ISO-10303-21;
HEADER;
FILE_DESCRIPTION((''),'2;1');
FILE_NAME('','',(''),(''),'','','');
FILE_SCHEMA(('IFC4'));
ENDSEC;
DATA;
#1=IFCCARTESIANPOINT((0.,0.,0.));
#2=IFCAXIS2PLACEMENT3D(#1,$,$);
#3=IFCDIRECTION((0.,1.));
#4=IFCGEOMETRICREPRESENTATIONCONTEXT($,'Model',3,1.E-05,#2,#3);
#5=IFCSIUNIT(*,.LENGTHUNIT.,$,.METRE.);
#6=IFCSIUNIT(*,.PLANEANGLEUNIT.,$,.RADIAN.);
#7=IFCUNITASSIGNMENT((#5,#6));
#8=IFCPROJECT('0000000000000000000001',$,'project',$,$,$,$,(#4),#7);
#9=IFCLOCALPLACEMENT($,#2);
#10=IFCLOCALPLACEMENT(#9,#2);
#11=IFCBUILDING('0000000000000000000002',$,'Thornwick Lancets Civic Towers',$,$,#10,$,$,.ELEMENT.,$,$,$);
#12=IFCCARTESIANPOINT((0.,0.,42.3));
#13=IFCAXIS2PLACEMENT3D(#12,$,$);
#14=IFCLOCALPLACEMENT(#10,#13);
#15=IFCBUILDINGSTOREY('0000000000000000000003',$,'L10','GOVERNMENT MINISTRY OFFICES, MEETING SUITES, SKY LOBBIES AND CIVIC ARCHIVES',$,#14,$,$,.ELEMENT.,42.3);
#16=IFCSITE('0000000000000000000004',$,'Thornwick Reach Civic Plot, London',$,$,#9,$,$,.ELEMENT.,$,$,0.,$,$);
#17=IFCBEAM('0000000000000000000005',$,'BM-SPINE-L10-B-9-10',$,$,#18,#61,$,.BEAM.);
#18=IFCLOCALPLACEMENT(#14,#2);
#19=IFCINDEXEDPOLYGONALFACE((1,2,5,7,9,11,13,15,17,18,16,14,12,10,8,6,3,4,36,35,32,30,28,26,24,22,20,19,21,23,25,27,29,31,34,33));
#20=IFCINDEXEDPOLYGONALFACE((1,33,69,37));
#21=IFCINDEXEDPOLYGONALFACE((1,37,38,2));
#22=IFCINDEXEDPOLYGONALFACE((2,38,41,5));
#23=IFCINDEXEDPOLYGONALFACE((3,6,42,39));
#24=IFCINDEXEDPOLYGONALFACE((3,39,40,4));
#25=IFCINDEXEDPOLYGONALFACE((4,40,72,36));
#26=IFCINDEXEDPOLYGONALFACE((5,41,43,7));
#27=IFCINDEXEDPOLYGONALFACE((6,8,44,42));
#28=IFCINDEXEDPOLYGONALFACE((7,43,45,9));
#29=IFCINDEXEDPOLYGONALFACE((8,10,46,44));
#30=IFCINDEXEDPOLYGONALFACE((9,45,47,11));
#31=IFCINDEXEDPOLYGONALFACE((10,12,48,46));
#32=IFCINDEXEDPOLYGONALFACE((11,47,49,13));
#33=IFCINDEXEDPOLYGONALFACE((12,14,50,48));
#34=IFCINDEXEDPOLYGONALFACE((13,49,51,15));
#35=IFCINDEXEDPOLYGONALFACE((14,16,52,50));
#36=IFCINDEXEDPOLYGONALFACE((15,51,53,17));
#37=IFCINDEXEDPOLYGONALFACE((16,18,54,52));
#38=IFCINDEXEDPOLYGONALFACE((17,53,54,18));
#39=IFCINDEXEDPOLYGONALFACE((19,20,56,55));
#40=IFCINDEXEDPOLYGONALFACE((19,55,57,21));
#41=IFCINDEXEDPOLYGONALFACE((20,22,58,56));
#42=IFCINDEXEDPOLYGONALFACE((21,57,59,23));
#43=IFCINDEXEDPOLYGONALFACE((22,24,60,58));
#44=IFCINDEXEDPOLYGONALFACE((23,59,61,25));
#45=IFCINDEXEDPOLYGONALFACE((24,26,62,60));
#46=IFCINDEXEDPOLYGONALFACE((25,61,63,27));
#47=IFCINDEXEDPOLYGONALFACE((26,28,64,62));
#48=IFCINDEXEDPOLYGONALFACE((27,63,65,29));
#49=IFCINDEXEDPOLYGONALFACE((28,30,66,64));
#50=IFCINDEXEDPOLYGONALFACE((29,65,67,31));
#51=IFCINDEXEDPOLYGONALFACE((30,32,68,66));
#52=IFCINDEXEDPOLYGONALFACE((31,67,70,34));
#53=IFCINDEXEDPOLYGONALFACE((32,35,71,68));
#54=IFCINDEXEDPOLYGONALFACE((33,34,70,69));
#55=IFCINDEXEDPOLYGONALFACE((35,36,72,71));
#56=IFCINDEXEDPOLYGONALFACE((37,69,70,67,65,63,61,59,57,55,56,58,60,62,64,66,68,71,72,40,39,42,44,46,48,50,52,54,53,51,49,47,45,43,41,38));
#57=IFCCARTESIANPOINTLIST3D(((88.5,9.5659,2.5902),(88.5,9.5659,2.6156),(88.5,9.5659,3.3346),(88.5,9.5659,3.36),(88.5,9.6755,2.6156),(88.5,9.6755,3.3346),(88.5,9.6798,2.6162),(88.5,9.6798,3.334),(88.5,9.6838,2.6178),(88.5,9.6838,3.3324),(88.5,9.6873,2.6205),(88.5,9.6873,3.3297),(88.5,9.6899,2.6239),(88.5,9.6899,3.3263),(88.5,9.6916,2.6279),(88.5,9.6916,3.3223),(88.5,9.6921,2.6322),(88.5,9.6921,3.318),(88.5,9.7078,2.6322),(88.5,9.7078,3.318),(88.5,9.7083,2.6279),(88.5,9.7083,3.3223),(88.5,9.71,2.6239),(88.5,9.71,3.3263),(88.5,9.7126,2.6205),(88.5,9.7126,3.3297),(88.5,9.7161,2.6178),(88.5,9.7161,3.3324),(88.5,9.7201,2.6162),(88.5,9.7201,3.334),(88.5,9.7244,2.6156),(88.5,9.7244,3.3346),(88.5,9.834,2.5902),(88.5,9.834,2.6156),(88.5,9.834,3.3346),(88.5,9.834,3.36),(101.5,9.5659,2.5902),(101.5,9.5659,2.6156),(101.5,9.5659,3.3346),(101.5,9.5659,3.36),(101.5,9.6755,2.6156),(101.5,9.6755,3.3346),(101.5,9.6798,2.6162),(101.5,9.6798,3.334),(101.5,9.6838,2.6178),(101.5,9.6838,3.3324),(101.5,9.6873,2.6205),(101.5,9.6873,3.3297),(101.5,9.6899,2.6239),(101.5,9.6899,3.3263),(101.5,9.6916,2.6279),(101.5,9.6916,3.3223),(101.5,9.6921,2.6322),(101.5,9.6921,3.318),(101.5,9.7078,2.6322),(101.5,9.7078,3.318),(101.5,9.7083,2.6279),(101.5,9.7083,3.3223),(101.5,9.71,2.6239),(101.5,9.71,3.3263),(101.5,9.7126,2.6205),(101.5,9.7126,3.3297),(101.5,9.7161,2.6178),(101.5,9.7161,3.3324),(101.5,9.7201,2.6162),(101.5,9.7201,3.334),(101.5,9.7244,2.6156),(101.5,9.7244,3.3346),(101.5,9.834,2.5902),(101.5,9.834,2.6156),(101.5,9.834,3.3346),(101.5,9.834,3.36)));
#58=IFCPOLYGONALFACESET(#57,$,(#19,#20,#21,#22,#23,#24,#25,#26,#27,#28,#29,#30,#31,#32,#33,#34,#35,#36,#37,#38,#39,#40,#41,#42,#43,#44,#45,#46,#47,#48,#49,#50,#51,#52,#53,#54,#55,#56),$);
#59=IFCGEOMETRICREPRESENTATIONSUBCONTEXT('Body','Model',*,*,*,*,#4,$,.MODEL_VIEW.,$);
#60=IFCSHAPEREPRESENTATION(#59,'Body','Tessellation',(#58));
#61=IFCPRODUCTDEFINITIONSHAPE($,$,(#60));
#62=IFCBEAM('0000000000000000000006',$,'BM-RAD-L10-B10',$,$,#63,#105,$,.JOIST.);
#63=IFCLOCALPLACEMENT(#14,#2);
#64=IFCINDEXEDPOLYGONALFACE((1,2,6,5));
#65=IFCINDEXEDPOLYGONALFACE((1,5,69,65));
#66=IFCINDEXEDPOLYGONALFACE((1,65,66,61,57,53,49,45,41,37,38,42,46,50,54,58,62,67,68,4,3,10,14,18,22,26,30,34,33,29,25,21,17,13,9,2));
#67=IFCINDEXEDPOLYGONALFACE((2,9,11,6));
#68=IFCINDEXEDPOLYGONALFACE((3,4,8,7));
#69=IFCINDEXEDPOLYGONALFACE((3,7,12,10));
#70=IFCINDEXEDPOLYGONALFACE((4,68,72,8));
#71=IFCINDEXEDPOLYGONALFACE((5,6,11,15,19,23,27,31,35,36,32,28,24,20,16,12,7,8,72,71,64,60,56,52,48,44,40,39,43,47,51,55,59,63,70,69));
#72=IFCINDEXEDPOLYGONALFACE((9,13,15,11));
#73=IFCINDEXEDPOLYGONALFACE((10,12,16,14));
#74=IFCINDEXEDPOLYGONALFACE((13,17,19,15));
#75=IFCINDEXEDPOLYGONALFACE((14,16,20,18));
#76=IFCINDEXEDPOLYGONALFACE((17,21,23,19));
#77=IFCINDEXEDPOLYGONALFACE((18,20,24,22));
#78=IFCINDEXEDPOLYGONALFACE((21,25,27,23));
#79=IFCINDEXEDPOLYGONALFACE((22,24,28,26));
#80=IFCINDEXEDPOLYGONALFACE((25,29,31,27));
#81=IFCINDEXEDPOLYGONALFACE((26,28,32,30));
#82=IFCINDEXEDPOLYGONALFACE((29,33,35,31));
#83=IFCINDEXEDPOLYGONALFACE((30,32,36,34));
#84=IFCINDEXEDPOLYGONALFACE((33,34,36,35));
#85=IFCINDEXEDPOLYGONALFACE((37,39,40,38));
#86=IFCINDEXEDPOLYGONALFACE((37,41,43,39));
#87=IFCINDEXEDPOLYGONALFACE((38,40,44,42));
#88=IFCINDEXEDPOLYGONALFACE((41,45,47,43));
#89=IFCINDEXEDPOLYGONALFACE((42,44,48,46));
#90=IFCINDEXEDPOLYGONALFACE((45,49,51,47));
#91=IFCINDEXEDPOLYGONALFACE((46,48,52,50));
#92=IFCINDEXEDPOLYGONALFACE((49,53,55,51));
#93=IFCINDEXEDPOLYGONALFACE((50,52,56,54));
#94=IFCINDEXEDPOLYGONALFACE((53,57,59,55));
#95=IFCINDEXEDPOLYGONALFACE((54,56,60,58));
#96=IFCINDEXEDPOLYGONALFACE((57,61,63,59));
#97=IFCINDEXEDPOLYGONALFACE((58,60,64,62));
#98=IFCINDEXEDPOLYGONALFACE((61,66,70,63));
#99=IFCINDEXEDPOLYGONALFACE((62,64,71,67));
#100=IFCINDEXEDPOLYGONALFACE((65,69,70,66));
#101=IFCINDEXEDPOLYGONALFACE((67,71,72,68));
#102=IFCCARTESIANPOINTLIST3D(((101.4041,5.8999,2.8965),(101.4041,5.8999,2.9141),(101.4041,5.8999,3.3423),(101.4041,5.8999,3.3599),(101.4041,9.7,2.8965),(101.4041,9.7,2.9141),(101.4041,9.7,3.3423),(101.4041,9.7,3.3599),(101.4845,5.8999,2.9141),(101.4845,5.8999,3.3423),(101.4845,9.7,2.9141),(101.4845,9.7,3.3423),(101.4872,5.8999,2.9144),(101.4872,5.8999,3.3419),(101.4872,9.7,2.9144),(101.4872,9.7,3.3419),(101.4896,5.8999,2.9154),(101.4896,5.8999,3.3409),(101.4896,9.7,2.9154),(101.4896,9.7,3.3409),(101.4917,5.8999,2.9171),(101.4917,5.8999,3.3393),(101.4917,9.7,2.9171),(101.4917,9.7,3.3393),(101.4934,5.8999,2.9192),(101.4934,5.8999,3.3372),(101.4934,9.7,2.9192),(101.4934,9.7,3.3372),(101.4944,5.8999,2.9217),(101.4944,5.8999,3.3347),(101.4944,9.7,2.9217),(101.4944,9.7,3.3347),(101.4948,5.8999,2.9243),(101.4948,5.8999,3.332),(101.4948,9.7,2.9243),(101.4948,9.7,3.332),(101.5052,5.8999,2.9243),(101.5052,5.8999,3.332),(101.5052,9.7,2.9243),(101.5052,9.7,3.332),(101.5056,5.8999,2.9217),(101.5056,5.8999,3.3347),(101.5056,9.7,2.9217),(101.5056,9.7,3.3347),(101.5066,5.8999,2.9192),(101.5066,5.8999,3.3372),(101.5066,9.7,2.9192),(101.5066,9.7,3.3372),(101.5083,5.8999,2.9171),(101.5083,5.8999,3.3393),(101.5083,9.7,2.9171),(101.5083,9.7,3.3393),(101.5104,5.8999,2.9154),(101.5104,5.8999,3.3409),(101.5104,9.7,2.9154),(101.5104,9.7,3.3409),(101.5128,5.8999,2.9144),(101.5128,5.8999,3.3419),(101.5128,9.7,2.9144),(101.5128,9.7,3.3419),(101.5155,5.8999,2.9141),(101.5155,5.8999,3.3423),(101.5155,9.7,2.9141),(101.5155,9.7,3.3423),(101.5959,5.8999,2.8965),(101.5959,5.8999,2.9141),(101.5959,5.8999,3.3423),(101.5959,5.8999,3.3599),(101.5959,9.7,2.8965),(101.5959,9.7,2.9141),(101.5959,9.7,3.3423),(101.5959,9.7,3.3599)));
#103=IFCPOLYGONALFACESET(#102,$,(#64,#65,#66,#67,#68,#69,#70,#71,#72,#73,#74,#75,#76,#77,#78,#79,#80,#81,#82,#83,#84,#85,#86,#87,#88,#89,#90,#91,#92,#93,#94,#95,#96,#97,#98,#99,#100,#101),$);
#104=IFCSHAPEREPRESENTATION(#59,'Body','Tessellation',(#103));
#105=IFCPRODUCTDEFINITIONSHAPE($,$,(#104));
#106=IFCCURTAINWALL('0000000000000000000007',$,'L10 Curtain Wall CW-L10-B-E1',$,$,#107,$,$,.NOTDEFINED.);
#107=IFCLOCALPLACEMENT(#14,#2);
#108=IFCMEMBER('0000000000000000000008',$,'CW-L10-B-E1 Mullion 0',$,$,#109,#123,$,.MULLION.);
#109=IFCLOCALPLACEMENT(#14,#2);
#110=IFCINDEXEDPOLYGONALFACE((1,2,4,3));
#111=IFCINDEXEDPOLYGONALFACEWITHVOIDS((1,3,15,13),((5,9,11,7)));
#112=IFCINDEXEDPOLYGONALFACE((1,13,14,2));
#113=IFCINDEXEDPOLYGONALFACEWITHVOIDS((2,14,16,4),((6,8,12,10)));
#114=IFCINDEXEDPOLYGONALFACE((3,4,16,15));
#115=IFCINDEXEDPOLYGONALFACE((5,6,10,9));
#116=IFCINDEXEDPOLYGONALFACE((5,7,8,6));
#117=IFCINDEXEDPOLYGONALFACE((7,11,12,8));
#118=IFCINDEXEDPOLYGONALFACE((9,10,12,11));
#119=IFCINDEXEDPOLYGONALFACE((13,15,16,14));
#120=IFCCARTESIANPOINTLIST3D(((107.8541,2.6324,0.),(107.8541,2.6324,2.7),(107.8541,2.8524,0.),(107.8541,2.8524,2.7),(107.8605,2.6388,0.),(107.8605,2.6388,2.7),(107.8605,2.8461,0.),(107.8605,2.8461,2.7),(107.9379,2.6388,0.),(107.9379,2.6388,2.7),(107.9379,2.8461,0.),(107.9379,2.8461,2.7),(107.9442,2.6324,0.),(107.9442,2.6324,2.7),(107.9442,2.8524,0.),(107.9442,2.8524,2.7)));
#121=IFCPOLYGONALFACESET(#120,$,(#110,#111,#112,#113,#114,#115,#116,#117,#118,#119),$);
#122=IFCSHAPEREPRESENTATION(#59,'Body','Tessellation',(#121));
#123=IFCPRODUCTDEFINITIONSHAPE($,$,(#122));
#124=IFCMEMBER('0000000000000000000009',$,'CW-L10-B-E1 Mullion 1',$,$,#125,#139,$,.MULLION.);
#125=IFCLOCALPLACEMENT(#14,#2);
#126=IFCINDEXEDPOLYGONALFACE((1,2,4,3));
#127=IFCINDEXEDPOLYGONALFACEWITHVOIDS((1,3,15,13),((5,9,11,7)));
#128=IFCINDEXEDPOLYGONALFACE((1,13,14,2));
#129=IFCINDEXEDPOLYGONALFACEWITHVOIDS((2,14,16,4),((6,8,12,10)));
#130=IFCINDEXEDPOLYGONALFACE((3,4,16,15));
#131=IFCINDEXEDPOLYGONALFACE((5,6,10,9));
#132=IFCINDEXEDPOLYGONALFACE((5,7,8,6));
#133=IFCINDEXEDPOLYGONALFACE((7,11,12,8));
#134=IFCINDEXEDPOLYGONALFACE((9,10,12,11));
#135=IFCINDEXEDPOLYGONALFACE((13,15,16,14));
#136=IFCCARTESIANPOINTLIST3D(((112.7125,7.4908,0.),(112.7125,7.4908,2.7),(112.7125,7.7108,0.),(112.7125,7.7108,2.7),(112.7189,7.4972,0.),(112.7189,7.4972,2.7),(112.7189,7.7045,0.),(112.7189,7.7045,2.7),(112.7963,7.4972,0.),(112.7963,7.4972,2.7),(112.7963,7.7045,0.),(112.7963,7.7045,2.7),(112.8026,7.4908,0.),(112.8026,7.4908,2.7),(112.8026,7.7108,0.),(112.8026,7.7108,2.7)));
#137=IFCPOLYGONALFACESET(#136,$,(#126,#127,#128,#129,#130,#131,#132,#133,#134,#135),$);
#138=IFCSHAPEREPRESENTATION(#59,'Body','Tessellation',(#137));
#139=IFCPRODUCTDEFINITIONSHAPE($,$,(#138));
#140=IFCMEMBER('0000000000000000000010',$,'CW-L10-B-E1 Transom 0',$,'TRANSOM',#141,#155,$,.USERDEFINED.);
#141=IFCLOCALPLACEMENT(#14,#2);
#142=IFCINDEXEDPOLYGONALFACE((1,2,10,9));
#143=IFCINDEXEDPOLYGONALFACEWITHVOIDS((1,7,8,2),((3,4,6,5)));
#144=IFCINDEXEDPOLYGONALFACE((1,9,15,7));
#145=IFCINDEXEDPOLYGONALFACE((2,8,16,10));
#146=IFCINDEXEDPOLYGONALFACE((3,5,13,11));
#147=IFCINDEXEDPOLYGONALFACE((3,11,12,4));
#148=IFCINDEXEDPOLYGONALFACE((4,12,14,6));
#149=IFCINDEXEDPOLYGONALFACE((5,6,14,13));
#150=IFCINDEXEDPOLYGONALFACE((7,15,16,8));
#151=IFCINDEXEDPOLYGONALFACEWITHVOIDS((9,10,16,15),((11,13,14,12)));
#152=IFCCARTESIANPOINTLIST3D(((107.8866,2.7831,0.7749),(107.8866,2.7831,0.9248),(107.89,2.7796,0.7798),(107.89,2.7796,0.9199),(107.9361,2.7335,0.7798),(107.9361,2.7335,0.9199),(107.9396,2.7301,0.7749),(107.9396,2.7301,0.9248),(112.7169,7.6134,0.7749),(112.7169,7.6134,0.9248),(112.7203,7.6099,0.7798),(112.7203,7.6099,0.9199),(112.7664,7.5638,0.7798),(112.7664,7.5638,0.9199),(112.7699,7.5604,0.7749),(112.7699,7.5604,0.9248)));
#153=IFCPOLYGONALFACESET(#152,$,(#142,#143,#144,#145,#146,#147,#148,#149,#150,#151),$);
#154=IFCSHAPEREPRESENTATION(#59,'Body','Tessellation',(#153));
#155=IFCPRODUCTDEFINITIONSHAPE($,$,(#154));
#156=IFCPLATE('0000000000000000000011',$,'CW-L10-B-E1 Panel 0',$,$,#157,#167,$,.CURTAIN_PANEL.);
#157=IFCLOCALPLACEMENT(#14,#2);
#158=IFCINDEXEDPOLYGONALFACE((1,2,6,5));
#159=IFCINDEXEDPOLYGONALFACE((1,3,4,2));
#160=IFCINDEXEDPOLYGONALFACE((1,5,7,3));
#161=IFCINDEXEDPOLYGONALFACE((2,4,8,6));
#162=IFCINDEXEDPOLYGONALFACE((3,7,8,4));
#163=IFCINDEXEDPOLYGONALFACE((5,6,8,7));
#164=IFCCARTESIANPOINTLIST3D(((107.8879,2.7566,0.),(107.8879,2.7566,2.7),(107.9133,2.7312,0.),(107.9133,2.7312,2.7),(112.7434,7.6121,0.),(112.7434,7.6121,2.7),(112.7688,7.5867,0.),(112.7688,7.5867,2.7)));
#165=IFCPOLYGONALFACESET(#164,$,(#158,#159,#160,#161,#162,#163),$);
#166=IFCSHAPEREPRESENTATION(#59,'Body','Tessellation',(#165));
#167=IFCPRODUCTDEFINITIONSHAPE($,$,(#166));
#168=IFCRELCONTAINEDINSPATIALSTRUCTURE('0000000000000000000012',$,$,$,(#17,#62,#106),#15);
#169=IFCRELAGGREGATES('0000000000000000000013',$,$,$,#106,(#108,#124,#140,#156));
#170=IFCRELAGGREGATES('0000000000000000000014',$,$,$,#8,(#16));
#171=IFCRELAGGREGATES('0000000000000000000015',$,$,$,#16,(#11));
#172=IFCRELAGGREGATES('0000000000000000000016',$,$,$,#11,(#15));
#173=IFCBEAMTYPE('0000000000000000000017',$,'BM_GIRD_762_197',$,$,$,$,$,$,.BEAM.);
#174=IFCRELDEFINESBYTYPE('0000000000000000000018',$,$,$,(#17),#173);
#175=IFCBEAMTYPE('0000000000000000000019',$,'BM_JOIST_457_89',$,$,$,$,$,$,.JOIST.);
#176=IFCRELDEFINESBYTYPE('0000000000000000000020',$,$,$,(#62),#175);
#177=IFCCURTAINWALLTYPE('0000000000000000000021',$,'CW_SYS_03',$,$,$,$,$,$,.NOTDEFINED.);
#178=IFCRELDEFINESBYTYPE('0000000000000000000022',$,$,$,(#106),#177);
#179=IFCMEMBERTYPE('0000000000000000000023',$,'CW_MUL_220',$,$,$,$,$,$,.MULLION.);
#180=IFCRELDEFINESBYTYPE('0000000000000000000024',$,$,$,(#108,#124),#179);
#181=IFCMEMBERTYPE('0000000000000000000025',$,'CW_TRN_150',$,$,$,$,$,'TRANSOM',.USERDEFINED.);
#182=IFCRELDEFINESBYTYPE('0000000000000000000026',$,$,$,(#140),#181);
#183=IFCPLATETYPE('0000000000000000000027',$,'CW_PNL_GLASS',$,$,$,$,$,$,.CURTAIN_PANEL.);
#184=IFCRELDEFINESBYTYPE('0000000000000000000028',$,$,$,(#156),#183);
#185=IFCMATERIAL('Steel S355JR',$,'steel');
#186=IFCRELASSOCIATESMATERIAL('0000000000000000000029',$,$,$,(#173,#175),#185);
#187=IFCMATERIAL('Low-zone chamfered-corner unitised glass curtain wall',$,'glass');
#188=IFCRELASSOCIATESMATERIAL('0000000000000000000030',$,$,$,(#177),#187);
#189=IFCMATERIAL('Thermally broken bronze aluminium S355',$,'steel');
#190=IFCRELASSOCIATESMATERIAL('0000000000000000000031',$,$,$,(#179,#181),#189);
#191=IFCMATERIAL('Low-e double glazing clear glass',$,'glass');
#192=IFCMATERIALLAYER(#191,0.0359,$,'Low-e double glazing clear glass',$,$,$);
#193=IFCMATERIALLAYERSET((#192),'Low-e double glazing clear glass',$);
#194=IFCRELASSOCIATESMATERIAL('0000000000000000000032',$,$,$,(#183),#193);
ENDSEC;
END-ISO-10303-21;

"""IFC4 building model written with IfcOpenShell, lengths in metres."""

from ifc_helpers import new_model, si_unit, direction, frame, origin, origin_2d, place, context, subcontext, project, spatial, rectangle, hollow_rectangle, i_section, extrude, material, layer, layer_set, material_profile, profile_set, type_object, element, aggregate, save


model = new_model("IFC4")

# Units and contexts
model_context = context("Model", 3, precision=1e-05, world=origin(), true_north=direction((0.0, 1.0)))
body_context = subcontext(model_context, "Body", "Model", "MODEL_VIEW")
ifc_project = project(units=[si_unit("LENGTHUNIT", "METRE"), si_unit("PLANEANGLEUNIT", "RADIAN")], contexts=[model_context])

# Site, building, storey
site_placement = place(None, origin())
site = spatial("IfcSite", under=ifc_project, at=site_placement, Name="Thornwick Reach Civic Plot, London", CompositionType="ELEMENT", RefElevation=0.0)
building_placement = place(site_placement, origin())
building = spatial("IfcBuilding", under=site, at=building_placement, Name="Thornwick Lancets Civic Towers", CompositionType="ELEMENT")
storey_placement = place(building_placement, frame((0.0, 0.0, 42.3)))
storey = spatial("IfcBuildingStorey", under=building, at=storey_placement, Name="L10", Description="GOVERNMENT MINISTRY OFFICES, MEETING SUITES, SKY LOBBIES AND CIVIC ARCHIVES", CompositionType="ELEMENT", Elevation=42.3)

# Beams
ifc_material_1 = material(Name="Steel S355JR", Category="steel")
ifc_material_profile_1 = material_profile(ifc_material_1, i_section(OverallWidth=0.2681, OverallDepth=0.7698, WebThickness=0.0156, FlangeThickness=0.0254, FilletRadius=0.0166, at=origin_2d()), Name="UKB 762x267x197")
ifc_profile_set_1 = profile_set([ifc_material_profile_1], Name="Steel S355JR")
beam_type_1 = type_object("IfcBeamType", Name="BM_GIRD_762_197", PredefinedType="BEAM", material=ifc_profile_set_1)
for number, where, z_axis, x_axis, name in (
    (1, (101.5, 9.7, 2.9751), (-1.0, 0.0, 0.0), (0.0, -1.0, 0.0), "BM-SPINE-L10-B-9-10"),
):
    element("IfcBeam", number, at=place(storey_placement, frame(where, z_axis=z_axis, x_axis=x_axis)), inside=storey, type_object=beam_type_1, Name=name, PredefinedType="BEAM", context=body_context, shape_type="SweptSolid", body=[
        extrude(i_section(OverallWidth=0.2681, OverallDepth=0.7698, WebThickness=0.0156, FlangeThickness=0.0254, FilletRadius=0.0166, at=origin_2d()), origin(), (0.0, 0.0, 1.0), 13.0),
    ])
ifc_material_profile_2 = material_profile(ifc_material_1, i_section(OverallWidth=0.1919, OverallDepth=0.4634, WebThickness=0.0105, FlangeThickness=0.0176, FilletRadius=0.0103, at=origin_2d()), Name="UKB 457x191x89")
ifc_profile_set_2 = profile_set([ifc_material_profile_2], Name="Steel S355JR")
beam_type_2 = type_object("IfcBeamType", Name="BM_JOIST_457_89", PredefinedType="JOIST", material=ifc_profile_set_2)
beam_1_placement = place(storey_placement, frame((101.5, 9.7, 3.1282), z_axis=(0.0, -1.0, 0.0), x_axis=(1.0, 0.0, 0.0)))
element("IfcBeam", 2, at=beam_1_placement, inside=storey, type_object=beam_type_2, Name="BM-RAD-L10-B10", PredefinedType="JOIST", context=body_context, shape_type="SweptSolid", body=[
    extrude(i_section(OverallWidth=0.1919, OverallDepth=0.4634, WebThickness=0.0105, FlangeThickness=0.0176, FilletRadius=0.0103, at=origin_2d()), origin(), (0.0, 0.0, 1.0), 3.8),
])

# Curtain wall, members, plate
ifc_material_2 = material(Name="Low-zone chamfered-corner unitised glass curtain wall", Category="glass")
curtain_wall_type = type_object("IfcCurtainWallType", Name="CW_SYS_03", PredefinedType="NOTDEFINED", material=ifc_material_2)
curtain_wall_placement = place(storey_placement, origin())
curtain_wall = element("IfcCurtainWall", 3, at=curtain_wall_placement, inside=storey, type_object=curtain_wall_type, Name="L10 Curtain Wall CW-L10-B-E1", PredefinedType="NOTDEFINED")
ifc_material_3 = material(Name="Thermally broken bronze aluminium S355", Category="steel")
ifc_material_profile_3 = material_profile(ifc_material_3, hollow_rectangle(XDim=0.0901, YDim=0.22, WallThickness=0.0063, at=origin_2d()), Name="RHS 220x90x6.3")
ifc_profile_set_3 = profile_set([ifc_material_profile_3], Name="Thermally broken bronze aluminium S355")
member_type_1 = type_object("IfcMemberType", Name="CW_MUL_220", PredefinedType="MULLION", material=ifc_profile_set_3)
member_1_placement = place(storey_placement, frame((107.8992, 2.7424, 0.0), z_axis=(0.0, 0.0, 1.0), x_axis=(1.0, 0.0, 0.0)))
member_1 = element("IfcMember", 4, at=member_1_placement, type_object=member_type_1, Name="CW-L10-B-E1 Mullion 0", PredefinedType="MULLION", context=body_context, shape_type="SweptSolid", body=[
    extrude(hollow_rectangle(XDim=0.0901, YDim=0.22, WallThickness=0.0063, at=origin_2d()), origin(), (0.0, 0.0, 1.0), 2.7),
])
member_2_placement = place(storey_placement, frame((112.7576, 7.6008, 0.0), z_axis=(0.0, 0.0, 1.0), x_axis=(1.0, 0.0, 0.0)))
member_2 = element("IfcMember", 5, at=member_2_placement, type_object=member_type_1, Name="CW-L10-B-E1 Mullion 1", PredefinedType="MULLION", context=body_context, shape_type="SweptSolid", body=[
    extrude(hollow_rectangle(XDim=0.0901, YDim=0.22, WallThickness=0.0063, at=origin_2d()), origin(), (0.0, 0.0, 1.0), 2.7),
])
ifc_material_profile_4 = material_profile(ifc_material_3, hollow_rectangle(XDim=0.075, YDim=0.1499, WallThickness=0.0049, at=origin_2d()), Name="RHS 150x75x5")
ifc_profile_set_4 = profile_set([ifc_material_profile_4], Name="Thermally broken bronze aluminium S355")
member_type_2 = type_object("IfcMemberType", Name="CW_TRN_150", ElementType="TRANSOM", PredefinedType="USERDEFINED", material=ifc_profile_set_4)
member_3_placement = place(storey_placement, frame((107.9131, 2.7566, 0.8499), z_axis=(0.707107, 0.707107, 0.0), x_axis=(-0.707107, 0.707107, 0.0)))
member_3 = element("IfcMember", 6, at=member_3_placement, type_object=member_type_2, Name="CW-L10-B-E1 Transom 0", ObjectType="TRANSOM", PredefinedType="USERDEFINED", context=body_context, shape_type="SweptSolid", body=[
    extrude(hollow_rectangle(XDim=0.075, YDim=0.1499, WallThickness=0.0049, at=origin_2d()), origin(), (0.0, 0.0, 1.0), 6.8311),
])
ifc_material_4 = material(Name="Low-e double glazing clear glass", Category="glass")
ifc_layer_1 = layer(ifc_material_4, 0.0359, Name="Low-e double glazing clear glass")
ifc_layer_set_1 = layer_set([ifc_layer_1], Name="Low-e double glazing clear glass")
plate_type = type_object("IfcPlateType", Name="CW_PNL_GLASS", PredefinedType="CURTAIN_PANEL", material=ifc_layer_set_1)
plate_placement = place(storey_placement, frame((110.3284, 5.1716, 0.0), z_axis=(0.0, 0.0, 1.0), x_axis=(0.707107, 0.707107, 0.0)))
plate = element("IfcPlate", 7, at=plate_placement, type_object=plate_type, Name="CW-L10-B-E1 Panel 0", PredefinedType="CURTAIN_PANEL", context=body_context, shape_type="SweptSolid", body=[
    extrude(rectangle(XDim=6.8667, YDim=0.0359, at=origin_2d()), origin(), (0.0, 0.0, 1.0), 2.7),
])
aggregate(curtain_wall, [member_1, member_2, member_3, plate])

save(model, "model.ifc")
